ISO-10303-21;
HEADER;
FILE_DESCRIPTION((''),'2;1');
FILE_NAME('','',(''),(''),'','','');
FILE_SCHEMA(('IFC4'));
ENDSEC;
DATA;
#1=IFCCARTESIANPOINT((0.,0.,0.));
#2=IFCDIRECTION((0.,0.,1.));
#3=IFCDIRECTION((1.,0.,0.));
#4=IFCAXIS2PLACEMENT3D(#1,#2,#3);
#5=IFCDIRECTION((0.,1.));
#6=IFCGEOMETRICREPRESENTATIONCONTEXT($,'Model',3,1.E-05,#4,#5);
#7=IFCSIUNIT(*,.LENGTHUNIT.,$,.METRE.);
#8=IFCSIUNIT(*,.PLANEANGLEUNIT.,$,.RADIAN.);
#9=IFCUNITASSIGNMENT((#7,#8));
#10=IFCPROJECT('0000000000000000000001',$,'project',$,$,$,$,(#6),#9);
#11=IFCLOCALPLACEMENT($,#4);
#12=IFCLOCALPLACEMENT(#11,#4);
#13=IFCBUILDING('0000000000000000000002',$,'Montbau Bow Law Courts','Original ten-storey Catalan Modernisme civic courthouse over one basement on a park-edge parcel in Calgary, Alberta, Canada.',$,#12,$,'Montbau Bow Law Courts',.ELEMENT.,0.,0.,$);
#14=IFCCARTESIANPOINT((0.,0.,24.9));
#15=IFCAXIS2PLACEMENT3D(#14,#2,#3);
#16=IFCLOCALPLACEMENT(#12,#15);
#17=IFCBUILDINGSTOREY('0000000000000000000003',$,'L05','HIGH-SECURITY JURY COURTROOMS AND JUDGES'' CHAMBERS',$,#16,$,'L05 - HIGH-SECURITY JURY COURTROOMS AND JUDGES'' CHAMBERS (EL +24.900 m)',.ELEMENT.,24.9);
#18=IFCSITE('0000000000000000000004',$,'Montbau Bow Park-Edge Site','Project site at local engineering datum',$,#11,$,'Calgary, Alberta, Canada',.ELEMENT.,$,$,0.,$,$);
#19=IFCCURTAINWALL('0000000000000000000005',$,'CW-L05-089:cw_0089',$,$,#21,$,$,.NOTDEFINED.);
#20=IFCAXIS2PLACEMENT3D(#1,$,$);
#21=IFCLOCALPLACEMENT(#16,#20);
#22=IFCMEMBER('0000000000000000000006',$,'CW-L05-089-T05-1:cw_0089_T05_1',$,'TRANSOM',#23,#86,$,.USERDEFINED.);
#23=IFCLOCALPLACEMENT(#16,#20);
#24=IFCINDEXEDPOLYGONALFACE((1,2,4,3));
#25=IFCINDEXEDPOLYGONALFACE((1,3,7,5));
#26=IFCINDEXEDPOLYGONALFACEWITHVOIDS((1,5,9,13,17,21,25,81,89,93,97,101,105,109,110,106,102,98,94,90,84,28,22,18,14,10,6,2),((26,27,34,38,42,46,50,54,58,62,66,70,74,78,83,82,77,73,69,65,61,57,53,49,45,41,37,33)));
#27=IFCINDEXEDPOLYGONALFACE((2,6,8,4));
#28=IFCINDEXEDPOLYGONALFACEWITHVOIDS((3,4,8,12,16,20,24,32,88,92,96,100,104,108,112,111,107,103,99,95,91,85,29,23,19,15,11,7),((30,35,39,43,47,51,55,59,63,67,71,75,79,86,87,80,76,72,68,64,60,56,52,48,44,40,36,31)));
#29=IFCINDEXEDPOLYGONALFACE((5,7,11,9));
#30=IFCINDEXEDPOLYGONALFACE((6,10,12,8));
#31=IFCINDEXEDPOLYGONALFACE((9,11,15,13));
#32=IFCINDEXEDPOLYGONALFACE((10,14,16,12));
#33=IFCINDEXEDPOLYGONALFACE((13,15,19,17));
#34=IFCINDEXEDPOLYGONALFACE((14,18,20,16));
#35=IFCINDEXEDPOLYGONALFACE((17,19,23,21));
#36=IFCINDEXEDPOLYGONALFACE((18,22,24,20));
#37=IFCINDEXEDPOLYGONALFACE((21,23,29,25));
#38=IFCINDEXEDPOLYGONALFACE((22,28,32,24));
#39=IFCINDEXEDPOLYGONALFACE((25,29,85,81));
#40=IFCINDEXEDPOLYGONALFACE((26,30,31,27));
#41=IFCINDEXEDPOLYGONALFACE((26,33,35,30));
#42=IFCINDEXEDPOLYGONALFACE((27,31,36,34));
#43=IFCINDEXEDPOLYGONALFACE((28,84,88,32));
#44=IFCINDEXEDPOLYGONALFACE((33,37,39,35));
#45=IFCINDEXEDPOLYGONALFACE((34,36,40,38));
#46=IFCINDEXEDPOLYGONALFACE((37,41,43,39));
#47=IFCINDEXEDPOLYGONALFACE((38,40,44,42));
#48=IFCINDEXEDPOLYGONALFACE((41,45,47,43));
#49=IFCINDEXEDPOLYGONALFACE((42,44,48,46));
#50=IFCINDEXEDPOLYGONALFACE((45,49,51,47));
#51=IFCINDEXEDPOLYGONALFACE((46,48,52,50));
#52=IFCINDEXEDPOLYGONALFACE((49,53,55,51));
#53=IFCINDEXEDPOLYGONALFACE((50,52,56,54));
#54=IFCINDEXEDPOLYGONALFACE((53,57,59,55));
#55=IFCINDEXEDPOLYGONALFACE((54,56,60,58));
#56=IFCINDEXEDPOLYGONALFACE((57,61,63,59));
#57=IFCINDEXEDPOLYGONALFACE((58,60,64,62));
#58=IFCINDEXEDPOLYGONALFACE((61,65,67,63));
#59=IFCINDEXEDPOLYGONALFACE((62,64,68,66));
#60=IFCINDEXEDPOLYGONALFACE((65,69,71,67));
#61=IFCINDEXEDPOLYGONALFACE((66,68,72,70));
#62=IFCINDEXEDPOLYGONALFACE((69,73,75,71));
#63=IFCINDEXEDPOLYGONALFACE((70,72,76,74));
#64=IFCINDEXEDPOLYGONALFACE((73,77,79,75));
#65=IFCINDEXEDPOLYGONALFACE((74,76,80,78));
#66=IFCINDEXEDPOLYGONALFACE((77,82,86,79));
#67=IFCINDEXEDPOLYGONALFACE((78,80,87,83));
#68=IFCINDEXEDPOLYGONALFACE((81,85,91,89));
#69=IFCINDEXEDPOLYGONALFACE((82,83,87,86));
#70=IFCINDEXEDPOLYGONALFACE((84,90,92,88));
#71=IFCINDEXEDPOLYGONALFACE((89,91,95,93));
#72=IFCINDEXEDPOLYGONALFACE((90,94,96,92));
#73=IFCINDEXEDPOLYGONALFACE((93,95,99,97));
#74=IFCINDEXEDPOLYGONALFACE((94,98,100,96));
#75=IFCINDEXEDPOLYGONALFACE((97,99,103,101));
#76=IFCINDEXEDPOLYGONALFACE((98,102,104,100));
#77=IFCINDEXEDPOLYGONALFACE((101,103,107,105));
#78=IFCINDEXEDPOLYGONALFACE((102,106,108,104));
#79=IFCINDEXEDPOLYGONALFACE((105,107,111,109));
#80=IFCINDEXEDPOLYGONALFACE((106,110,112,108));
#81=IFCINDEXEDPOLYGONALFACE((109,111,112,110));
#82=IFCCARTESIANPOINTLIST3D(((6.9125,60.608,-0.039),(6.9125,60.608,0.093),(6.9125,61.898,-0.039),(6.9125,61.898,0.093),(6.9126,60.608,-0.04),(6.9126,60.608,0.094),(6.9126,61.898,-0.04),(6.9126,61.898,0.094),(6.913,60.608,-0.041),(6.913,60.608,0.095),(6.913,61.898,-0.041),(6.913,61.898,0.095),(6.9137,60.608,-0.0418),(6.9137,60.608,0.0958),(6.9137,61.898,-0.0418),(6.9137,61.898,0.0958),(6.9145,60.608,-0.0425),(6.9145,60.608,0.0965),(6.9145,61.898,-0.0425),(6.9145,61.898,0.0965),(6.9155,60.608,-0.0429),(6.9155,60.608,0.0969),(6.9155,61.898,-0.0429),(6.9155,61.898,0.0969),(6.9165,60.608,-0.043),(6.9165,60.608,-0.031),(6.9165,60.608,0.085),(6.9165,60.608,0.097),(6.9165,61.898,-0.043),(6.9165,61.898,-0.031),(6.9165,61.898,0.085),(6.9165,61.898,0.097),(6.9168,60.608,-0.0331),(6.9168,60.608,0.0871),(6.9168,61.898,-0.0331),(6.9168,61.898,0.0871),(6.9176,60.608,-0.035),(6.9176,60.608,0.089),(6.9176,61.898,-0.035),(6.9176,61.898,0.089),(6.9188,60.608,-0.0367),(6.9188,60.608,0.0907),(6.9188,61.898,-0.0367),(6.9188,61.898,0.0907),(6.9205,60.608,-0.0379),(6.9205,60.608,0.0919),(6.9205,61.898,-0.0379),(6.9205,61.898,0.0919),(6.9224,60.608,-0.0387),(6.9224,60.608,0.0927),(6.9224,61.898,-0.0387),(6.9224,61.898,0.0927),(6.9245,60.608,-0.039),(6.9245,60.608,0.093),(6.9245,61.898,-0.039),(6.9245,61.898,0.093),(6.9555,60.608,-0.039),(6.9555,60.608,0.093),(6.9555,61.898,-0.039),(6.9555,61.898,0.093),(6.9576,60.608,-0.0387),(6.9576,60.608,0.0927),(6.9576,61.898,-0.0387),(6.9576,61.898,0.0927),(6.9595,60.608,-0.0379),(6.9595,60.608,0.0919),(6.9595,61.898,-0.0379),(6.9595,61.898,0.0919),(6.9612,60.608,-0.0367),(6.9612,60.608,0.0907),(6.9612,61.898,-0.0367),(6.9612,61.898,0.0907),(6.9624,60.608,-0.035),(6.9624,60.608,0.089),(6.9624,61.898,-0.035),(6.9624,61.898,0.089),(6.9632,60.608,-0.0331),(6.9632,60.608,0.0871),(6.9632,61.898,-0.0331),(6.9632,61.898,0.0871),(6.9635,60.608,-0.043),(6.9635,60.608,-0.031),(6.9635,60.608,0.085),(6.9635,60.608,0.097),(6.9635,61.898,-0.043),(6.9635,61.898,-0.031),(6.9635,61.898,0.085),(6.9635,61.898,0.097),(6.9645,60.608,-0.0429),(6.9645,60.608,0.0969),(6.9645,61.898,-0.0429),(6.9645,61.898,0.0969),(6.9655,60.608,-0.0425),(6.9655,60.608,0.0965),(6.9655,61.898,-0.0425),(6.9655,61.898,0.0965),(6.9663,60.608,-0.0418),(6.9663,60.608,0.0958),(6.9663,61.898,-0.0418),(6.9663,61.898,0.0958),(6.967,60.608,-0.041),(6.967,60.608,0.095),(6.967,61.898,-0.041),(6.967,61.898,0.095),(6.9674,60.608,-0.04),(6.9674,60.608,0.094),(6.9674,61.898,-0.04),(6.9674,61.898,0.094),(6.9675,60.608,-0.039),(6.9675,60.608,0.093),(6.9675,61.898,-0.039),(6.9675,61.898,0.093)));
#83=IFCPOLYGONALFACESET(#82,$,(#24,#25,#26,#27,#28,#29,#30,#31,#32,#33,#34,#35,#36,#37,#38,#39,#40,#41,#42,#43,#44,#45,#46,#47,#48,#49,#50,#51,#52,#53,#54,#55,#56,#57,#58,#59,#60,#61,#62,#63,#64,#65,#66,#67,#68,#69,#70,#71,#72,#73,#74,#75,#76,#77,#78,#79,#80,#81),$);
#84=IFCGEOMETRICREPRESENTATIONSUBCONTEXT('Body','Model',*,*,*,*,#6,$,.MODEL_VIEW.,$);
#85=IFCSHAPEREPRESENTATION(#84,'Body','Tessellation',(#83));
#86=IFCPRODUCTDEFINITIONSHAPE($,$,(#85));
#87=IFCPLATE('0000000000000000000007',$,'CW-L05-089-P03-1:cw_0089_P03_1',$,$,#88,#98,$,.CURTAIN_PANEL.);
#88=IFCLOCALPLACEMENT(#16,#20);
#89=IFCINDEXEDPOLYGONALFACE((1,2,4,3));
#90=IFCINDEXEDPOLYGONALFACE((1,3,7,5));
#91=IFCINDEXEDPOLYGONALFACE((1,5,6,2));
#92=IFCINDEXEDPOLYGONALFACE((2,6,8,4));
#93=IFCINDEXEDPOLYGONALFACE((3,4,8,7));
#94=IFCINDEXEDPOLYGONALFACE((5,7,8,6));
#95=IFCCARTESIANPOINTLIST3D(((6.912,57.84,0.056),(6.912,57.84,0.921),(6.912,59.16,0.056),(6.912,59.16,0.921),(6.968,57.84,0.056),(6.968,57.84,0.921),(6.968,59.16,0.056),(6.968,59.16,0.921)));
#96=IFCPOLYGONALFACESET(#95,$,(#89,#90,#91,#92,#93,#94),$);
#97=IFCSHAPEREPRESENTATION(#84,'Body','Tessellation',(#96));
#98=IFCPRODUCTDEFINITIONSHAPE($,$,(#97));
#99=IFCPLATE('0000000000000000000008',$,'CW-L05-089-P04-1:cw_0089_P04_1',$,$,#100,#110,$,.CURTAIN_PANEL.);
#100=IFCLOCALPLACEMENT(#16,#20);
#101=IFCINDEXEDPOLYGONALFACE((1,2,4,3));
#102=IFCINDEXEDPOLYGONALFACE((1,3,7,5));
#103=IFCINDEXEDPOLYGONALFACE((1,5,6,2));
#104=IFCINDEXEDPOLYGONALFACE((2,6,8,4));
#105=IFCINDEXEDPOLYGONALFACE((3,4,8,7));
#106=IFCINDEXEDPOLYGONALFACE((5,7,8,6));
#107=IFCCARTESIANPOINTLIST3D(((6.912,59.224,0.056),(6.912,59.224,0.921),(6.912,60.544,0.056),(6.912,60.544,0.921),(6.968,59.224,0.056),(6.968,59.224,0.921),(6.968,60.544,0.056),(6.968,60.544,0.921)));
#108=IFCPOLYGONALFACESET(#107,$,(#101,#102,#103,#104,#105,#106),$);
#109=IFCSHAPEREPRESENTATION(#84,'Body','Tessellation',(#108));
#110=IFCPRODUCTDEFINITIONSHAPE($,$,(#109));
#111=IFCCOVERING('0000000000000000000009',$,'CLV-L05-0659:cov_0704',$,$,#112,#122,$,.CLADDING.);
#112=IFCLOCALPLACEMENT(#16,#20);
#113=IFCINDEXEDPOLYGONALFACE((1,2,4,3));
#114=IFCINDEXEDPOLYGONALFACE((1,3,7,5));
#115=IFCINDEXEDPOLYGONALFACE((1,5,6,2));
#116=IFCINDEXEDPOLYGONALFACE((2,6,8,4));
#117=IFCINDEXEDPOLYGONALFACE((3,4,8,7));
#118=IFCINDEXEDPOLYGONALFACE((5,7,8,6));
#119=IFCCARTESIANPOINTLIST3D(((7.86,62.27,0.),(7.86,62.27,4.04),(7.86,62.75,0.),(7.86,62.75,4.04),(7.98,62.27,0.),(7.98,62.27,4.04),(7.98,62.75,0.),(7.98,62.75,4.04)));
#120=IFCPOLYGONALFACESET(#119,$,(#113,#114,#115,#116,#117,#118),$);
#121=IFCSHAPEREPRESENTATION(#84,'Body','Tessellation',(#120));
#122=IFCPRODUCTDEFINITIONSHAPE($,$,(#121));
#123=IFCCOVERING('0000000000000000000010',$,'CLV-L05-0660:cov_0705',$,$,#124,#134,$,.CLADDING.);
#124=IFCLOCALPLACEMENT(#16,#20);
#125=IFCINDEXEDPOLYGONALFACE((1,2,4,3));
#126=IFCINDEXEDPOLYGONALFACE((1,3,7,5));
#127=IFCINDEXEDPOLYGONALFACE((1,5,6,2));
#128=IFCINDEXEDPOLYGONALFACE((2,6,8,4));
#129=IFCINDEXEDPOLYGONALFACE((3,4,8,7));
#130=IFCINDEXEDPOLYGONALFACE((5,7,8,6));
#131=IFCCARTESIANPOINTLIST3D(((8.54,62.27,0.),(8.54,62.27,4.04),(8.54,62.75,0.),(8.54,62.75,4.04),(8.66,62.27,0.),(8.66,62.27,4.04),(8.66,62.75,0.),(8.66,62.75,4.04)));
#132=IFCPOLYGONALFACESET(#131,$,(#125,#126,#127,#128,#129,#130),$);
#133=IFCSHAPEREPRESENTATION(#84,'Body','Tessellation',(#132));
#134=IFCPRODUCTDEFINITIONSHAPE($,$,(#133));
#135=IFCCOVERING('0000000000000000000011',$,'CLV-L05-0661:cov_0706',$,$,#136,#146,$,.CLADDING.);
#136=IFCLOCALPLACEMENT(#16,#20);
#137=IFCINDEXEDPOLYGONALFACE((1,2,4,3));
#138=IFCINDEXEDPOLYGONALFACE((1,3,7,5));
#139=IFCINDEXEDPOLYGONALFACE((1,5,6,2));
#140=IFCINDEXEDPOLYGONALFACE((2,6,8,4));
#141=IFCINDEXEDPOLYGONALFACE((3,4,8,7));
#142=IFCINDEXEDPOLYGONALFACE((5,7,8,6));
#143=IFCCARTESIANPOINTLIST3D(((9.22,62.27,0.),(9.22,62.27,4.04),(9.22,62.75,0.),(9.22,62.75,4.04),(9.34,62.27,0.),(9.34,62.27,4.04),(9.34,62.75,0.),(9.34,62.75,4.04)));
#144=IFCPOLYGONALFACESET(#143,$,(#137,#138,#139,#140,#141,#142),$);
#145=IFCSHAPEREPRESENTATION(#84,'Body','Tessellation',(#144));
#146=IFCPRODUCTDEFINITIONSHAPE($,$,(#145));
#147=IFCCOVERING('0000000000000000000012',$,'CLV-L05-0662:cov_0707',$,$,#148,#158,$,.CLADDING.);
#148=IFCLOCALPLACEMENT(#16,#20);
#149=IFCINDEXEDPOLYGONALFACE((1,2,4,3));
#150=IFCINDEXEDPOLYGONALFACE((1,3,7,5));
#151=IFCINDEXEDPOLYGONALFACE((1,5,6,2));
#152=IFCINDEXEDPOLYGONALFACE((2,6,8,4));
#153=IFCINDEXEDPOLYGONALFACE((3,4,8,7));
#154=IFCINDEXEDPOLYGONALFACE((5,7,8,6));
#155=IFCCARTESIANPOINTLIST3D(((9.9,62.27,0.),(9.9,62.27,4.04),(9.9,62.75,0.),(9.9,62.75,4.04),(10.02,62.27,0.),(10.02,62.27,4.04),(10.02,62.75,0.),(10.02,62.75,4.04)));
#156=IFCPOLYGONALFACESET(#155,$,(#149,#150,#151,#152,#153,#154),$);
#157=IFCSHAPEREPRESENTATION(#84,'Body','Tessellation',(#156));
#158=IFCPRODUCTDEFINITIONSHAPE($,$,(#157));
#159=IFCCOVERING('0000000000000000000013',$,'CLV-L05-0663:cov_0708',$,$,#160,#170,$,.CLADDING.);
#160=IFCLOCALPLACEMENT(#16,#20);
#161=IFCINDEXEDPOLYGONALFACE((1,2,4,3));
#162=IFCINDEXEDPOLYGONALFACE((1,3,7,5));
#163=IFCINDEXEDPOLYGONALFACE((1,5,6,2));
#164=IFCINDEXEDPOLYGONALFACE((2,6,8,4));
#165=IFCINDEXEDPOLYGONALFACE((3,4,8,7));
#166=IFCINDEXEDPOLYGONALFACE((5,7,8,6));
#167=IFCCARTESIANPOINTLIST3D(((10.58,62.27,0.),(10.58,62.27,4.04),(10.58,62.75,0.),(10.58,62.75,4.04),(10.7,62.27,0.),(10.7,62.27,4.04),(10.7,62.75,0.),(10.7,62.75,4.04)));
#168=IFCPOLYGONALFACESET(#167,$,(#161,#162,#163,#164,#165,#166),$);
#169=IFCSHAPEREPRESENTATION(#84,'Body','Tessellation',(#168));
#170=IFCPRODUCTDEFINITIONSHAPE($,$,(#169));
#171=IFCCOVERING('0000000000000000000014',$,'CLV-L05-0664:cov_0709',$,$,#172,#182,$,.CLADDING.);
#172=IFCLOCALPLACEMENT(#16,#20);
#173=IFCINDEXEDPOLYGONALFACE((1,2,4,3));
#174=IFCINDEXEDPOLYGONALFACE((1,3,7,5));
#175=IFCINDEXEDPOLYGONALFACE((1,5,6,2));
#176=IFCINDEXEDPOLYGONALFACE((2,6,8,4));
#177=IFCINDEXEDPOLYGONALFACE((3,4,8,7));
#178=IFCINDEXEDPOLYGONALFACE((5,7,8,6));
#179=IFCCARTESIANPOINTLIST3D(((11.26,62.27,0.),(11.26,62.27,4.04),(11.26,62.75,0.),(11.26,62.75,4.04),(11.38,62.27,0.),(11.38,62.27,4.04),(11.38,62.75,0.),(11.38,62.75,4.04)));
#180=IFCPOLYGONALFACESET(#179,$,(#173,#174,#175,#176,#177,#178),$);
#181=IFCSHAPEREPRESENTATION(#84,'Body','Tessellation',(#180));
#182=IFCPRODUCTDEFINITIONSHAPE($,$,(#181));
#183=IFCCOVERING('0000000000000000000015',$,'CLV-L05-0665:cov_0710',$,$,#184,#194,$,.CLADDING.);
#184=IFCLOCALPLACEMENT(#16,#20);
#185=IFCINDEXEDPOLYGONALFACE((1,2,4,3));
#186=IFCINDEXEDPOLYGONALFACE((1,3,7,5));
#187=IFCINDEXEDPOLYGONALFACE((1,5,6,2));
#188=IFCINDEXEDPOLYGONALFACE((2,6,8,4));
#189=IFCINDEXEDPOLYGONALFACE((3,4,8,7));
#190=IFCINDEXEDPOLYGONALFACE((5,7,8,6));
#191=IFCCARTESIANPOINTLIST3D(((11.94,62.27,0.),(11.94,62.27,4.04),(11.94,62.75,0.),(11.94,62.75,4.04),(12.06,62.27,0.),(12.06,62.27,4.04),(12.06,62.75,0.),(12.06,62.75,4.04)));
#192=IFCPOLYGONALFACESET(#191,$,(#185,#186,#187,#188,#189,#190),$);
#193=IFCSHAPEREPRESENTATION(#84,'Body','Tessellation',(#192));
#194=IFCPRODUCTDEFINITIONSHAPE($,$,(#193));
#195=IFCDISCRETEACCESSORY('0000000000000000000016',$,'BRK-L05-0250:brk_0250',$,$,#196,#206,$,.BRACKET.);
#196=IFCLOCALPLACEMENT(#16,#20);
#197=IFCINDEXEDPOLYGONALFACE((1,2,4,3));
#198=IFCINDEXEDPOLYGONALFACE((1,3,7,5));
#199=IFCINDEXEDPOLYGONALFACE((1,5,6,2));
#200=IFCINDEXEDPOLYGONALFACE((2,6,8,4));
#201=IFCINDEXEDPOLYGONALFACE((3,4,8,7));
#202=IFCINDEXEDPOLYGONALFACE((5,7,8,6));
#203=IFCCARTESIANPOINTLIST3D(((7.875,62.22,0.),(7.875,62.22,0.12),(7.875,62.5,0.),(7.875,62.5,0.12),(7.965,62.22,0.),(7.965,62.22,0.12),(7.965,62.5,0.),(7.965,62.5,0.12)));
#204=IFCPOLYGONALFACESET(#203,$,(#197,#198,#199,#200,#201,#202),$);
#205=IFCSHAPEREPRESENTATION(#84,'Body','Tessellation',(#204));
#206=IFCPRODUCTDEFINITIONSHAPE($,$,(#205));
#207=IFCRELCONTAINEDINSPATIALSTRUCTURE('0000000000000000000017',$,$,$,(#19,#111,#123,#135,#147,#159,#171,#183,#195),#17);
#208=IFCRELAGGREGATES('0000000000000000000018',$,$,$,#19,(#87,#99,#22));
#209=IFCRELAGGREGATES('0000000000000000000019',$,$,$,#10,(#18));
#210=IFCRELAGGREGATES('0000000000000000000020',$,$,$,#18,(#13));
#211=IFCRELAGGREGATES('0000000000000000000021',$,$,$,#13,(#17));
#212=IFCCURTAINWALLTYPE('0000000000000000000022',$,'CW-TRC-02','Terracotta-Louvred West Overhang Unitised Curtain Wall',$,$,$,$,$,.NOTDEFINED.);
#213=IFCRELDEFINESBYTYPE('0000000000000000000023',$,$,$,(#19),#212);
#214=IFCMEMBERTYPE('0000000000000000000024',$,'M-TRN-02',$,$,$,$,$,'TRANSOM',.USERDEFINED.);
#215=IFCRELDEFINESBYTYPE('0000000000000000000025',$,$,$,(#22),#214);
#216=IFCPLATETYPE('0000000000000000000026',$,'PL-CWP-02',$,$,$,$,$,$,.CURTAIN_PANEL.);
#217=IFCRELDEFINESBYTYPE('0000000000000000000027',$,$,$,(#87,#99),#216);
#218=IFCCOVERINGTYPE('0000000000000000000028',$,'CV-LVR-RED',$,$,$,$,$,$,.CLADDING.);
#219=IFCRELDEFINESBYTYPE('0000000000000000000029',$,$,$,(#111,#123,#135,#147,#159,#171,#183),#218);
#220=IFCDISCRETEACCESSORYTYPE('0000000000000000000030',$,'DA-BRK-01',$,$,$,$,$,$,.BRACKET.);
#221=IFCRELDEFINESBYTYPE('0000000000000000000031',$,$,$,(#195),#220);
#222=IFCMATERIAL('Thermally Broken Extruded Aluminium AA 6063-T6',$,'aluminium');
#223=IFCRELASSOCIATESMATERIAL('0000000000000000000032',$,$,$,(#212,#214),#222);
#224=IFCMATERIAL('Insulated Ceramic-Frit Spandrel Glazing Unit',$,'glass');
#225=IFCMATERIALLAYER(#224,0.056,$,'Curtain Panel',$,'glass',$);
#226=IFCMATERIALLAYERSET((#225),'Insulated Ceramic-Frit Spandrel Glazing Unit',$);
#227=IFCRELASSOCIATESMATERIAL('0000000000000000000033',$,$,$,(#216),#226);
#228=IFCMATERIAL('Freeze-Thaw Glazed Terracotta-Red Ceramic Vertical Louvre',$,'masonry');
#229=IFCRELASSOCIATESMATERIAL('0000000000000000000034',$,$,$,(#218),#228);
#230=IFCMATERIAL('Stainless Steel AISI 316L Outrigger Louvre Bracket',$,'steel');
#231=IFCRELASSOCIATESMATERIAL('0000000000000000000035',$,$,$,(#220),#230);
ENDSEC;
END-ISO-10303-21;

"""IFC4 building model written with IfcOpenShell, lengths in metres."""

from ifc_helpers import new_model, si_unit, direction, frame, frame_2d, origin_with_axes, origin_2d_with_axis, place, context, subcontext, project, spatial, rectangle, hollow_rectangle, extrude, material, layer, layer_set, material_profile, profile_set, type_object, element, aggregate, save


model = new_model("IFC4")

# Units and contexts
model_context = context("Model", 3, precision=1e-05, world=origin_with_axes(), true_north=direction((0.0, 1.0)))
body_context = subcontext(model_context, "Body", "Model", "MODEL_VIEW")
ifc_project = project(units=[si_unit("LENGTHUNIT", "METRE"), si_unit("PLANEANGLEUNIT", "RADIAN")], contexts=[model_context])

# Site, building, storey
site_placement = place(None, origin_with_axes())
site = spatial("IfcSite", under=ifc_project, at=site_placement, Name="Montbau Bow Park-Edge Site", Description="Project site at local engineering datum", LongName="Calgary, Alberta, Canada", CompositionType="ELEMENT", RefElevation=0.0)
building_placement = place(site_placement, origin_with_axes())
building = spatial("IfcBuilding", under=site, at=building_placement, Name="Montbau Bow Law Courts", Description="Original ten-storey Catalan Modernisme civic courthouse over one basement on a park-edge parcel in Calgary, Alberta, Canada.", LongName="Montbau Bow Law Courts", CompositionType="ELEMENT", ElevationOfRefHeight=0.0, ElevationOfTerrain=0.0)
storey_placement = place(building_placement, frame((0.0, 0.0, 24.9), z_axis=(0.0, 0.0, 1.0), x_axis=(1.0, 0.0, 0.0)))
storey = spatial("IfcBuildingStorey", under=building, at=storey_placement, Name="L05", Description="HIGH-SECURITY JURY COURTROOMS AND JUDGES' CHAMBERS", LongName="L05 - HIGH-SECURITY JURY COURTROOMS AND JUDGES' CHAMBERS (EL +24.900 m)", CompositionType="ELEMENT", Elevation=24.9)

# Shared definitions
ifc_material_1 = material(Name="Thermally Broken Extruded Aluminium AA 6063-T6", Category="aluminium")
curtain_wall_type = type_object("IfcCurtainWallType", Name="CW-TRC-02", Description="Terracotta-Louvred West Overhang Unitised Curtain Wall", PredefinedType="NOTDEFINED", material=ifc_material_1)
ifc_material_profile_1 = material_profile(ifc_material_1, hollow_rectangle(XDim=0.055, YDim=0.14, WallThickness=0.004, InnerFilletRadius=0.008, OuterFilletRadius=0.004, at=origin_2d_with_axis()), Name="CWT-140X55", Category="Main", Priority=0)
ifc_profile_set_1 = profile_set([ifc_material_profile_1], Name="Thermally Broken Extruded Aluminium AA 6063-T6")
member_type_1 = type_object("IfcMemberType", Name="M-TRN-02", ElementType="TRANSOM", PredefinedType="USERDEFINED", material=ifc_profile_set_1)

# Curtain wall, member, plates
curtain_wall_1_placement = place(None, frame((6.94, 55.04, 24.9), z_axis=(0.0, 0.0, 1.0), x_axis=(1.0, 0.0, 0.0)))
curtain_wall_1 = element("IfcCurtainWall", 1, at=curtain_wall_1_placement, inside=storey, type_object=curtain_wall_type, Name="CW-L05-089:cw_0089", PredefinedType="NOTDEFINED")
member_1_placement = place(None, frame((6.94, 60.608, 24.927), z_axis=(0.0, 1.0, 0.0), x_axis=(-1.0, 0.0, 0.0)))
member_1 = element("IfcMember", 2, at=member_1_placement, type_object=member_type_1, Name="CW-L05-089-T05-1:cw_0089_T05_1", ObjectType="TRANSOM", PredefinedType="USERDEFINED", context=body_context, shape_type="SweptSolid", body=[
    extrude(hollow_rectangle(XDim=0.055, YDim=0.14, WallThickness=0.004, InnerFilletRadius=0.008, OuterFilletRadius=0.004, at=origin_2d_with_axis()), origin_with_axes(), (0.0, 0.0, 1.0), 1.29),
])
ifc_material_2 = material(Name="Insulated Ceramic-Frit Spandrel Glazing Unit", Category="glass")
ifc_layer = layer(ifc_material_2, 0.056, Name="Curtain Panel", Category="glass")
ifc_layer_set = layer_set([ifc_layer], Name="Insulated Ceramic-Frit Spandrel Glazing Unit")
plate_type = type_object("IfcPlateType", Name="PL-CWP-02", PredefinedType="CURTAIN_PANEL", material=ifc_layer_set)
plate_1_placement = place(None, frame((6.94, 57.84, 24.956), z_axis=(1.0, 0.0, 0.0), x_axis=(0.0, 1.0, 0.0)))
plate_1 = element("IfcPlate", 3, at=plate_1_placement, type_object=plate_type, Name="CW-L05-089-P03-1:cw_0089_P03_1", PredefinedType="CURTAIN_PANEL", context=body_context, shape_type="SweptSolid", body=[
    extrude(rectangle(XDim=1.32, YDim=0.865, at=frame_2d((0.66, 0.4325), x_axis=(1.0, 0.0))), frame((0.0, 0.0, -0.028), z_axis=(0.0, 0.0, 1.0), x_axis=(1.0, 0.0, 0.0)), (0.0, 0.0, 1.0), 0.056),
])
plate_2_placement = place(None, frame((6.94, 59.224, 24.956), z_axis=(1.0, 0.0, 0.0), x_axis=(0.0, 1.0, 0.0)))
plate_2 = element("IfcPlate", 4, at=plate_2_placement, type_object=plate_type, Name="CW-L05-089-P04-1:cw_0089_P04_1", PredefinedType="CURTAIN_PANEL", context=body_context, shape_type="SweptSolid", body=[
    extrude(rectangle(XDim=1.32, YDim=0.865, at=frame_2d((0.66, 0.4325), x_axis=(1.0, 0.0))), frame((0.0, 0.0, -0.028), z_axis=(0.0, 0.0, 1.0), x_axis=(1.0, 0.0, 0.0)), (0.0, 0.0, 1.0), 0.056),
])
aggregate(curtain_wall_1, [plate_1, plate_2, member_1])

# Coverings
ifc_material_3 = material(Name="Freeze-Thaw Glazed Terracotta-Red Ceramic Vertical Louvre", Category="masonry")
covering_type = type_object("IfcCoveringType", Name="CV-LVR-RED", PredefinedType="CLADDING", material=ifc_material_3)
for number, where, z_axis, x_axis, name in (
    (5, (7.92, 62.27, 24.9), (1.0, 0.0, 0.0), (0.0, 1.0, 0.0), "CLV-L05-0659:cov_0704"),
    (6, (8.6, 62.27, 24.9), (1.0, 0.0, 0.0), (0.0, 1.0, 0.0), "CLV-L05-0660:cov_0705"),
    (7, (9.28, 62.27, 24.9), (1.0, 0.0, 0.0), (0.0, 1.0, 0.0), "CLV-L05-0661:cov_0706"),
    (8, (9.96, 62.27, 24.9), (1.0, 0.0, 0.0), (0.0, 1.0, 0.0), "CLV-L05-0662:cov_0707"),
    (9, (10.64, 62.27, 24.9), (1.0, 0.0, 0.0), (0.0, 1.0, 0.0), "CLV-L05-0663:cov_0708"),
    (10, (11.32, 62.27, 24.9), (1.0, 0.0, 0.0), (0.0, 1.0, 0.0), "CLV-L05-0664:cov_0709"),
    (11, (12.0, 62.27, 24.9), (1.0, 0.0, 0.0), (0.0, 1.0, 0.0), "CLV-L05-0665:cov_0710"),
):
    element("IfcCovering", number, at=place(None, frame(where, z_axis=z_axis, x_axis=x_axis)), inside=storey, type_object=covering_type, Name=name, PredefinedType="CLADDING", context=body_context, shape_type="SweptSolid", body=[
        extrude(rectangle(XDim=0.48, YDim=4.04, at=frame_2d((0.24, 2.02), x_axis=(1.0, 0.0))), frame((0.0, 0.0, -0.06), z_axis=(0.0, 0.0, 1.0), x_axis=(1.0, 0.0, 0.0)), (0.0, 0.0, 1.0), 0.12),
    ])

# Discrete accessory
ifc_material_4 = material(Name="Stainless Steel AISI 316L Outrigger Louvre Bracket", Category="steel")
discrete_accessory_type = type_object("IfcDiscreteAccessoryType", Name="DA-BRK-01", PredefinedType="BRACKET", material=ifc_material_4)
for number, where, z_axis, x_axis, name in (
    (12, (7.92, 62.36, 24.9), (0.0, 0.0, 1.0), (0.0, 1.0, 0.0), "BRK-L05-0250:brk_0250"),
):
    element("IfcDiscreteAccessory", number, at=place(None, frame(where, z_axis=z_axis, x_axis=x_axis)), inside=storey, type_object=discrete_accessory_type, Name=name, PredefinedType="BRACKET", context=body_context, shape_type="SweptSolid", body=[
        extrude(rectangle(XDim=0.28, YDim=0.09, at=origin_2d_with_axis()), origin_with_axes(), (0.0, 0.0, 1.0), 0.12),
    ])

save(model, "model.ifc")
